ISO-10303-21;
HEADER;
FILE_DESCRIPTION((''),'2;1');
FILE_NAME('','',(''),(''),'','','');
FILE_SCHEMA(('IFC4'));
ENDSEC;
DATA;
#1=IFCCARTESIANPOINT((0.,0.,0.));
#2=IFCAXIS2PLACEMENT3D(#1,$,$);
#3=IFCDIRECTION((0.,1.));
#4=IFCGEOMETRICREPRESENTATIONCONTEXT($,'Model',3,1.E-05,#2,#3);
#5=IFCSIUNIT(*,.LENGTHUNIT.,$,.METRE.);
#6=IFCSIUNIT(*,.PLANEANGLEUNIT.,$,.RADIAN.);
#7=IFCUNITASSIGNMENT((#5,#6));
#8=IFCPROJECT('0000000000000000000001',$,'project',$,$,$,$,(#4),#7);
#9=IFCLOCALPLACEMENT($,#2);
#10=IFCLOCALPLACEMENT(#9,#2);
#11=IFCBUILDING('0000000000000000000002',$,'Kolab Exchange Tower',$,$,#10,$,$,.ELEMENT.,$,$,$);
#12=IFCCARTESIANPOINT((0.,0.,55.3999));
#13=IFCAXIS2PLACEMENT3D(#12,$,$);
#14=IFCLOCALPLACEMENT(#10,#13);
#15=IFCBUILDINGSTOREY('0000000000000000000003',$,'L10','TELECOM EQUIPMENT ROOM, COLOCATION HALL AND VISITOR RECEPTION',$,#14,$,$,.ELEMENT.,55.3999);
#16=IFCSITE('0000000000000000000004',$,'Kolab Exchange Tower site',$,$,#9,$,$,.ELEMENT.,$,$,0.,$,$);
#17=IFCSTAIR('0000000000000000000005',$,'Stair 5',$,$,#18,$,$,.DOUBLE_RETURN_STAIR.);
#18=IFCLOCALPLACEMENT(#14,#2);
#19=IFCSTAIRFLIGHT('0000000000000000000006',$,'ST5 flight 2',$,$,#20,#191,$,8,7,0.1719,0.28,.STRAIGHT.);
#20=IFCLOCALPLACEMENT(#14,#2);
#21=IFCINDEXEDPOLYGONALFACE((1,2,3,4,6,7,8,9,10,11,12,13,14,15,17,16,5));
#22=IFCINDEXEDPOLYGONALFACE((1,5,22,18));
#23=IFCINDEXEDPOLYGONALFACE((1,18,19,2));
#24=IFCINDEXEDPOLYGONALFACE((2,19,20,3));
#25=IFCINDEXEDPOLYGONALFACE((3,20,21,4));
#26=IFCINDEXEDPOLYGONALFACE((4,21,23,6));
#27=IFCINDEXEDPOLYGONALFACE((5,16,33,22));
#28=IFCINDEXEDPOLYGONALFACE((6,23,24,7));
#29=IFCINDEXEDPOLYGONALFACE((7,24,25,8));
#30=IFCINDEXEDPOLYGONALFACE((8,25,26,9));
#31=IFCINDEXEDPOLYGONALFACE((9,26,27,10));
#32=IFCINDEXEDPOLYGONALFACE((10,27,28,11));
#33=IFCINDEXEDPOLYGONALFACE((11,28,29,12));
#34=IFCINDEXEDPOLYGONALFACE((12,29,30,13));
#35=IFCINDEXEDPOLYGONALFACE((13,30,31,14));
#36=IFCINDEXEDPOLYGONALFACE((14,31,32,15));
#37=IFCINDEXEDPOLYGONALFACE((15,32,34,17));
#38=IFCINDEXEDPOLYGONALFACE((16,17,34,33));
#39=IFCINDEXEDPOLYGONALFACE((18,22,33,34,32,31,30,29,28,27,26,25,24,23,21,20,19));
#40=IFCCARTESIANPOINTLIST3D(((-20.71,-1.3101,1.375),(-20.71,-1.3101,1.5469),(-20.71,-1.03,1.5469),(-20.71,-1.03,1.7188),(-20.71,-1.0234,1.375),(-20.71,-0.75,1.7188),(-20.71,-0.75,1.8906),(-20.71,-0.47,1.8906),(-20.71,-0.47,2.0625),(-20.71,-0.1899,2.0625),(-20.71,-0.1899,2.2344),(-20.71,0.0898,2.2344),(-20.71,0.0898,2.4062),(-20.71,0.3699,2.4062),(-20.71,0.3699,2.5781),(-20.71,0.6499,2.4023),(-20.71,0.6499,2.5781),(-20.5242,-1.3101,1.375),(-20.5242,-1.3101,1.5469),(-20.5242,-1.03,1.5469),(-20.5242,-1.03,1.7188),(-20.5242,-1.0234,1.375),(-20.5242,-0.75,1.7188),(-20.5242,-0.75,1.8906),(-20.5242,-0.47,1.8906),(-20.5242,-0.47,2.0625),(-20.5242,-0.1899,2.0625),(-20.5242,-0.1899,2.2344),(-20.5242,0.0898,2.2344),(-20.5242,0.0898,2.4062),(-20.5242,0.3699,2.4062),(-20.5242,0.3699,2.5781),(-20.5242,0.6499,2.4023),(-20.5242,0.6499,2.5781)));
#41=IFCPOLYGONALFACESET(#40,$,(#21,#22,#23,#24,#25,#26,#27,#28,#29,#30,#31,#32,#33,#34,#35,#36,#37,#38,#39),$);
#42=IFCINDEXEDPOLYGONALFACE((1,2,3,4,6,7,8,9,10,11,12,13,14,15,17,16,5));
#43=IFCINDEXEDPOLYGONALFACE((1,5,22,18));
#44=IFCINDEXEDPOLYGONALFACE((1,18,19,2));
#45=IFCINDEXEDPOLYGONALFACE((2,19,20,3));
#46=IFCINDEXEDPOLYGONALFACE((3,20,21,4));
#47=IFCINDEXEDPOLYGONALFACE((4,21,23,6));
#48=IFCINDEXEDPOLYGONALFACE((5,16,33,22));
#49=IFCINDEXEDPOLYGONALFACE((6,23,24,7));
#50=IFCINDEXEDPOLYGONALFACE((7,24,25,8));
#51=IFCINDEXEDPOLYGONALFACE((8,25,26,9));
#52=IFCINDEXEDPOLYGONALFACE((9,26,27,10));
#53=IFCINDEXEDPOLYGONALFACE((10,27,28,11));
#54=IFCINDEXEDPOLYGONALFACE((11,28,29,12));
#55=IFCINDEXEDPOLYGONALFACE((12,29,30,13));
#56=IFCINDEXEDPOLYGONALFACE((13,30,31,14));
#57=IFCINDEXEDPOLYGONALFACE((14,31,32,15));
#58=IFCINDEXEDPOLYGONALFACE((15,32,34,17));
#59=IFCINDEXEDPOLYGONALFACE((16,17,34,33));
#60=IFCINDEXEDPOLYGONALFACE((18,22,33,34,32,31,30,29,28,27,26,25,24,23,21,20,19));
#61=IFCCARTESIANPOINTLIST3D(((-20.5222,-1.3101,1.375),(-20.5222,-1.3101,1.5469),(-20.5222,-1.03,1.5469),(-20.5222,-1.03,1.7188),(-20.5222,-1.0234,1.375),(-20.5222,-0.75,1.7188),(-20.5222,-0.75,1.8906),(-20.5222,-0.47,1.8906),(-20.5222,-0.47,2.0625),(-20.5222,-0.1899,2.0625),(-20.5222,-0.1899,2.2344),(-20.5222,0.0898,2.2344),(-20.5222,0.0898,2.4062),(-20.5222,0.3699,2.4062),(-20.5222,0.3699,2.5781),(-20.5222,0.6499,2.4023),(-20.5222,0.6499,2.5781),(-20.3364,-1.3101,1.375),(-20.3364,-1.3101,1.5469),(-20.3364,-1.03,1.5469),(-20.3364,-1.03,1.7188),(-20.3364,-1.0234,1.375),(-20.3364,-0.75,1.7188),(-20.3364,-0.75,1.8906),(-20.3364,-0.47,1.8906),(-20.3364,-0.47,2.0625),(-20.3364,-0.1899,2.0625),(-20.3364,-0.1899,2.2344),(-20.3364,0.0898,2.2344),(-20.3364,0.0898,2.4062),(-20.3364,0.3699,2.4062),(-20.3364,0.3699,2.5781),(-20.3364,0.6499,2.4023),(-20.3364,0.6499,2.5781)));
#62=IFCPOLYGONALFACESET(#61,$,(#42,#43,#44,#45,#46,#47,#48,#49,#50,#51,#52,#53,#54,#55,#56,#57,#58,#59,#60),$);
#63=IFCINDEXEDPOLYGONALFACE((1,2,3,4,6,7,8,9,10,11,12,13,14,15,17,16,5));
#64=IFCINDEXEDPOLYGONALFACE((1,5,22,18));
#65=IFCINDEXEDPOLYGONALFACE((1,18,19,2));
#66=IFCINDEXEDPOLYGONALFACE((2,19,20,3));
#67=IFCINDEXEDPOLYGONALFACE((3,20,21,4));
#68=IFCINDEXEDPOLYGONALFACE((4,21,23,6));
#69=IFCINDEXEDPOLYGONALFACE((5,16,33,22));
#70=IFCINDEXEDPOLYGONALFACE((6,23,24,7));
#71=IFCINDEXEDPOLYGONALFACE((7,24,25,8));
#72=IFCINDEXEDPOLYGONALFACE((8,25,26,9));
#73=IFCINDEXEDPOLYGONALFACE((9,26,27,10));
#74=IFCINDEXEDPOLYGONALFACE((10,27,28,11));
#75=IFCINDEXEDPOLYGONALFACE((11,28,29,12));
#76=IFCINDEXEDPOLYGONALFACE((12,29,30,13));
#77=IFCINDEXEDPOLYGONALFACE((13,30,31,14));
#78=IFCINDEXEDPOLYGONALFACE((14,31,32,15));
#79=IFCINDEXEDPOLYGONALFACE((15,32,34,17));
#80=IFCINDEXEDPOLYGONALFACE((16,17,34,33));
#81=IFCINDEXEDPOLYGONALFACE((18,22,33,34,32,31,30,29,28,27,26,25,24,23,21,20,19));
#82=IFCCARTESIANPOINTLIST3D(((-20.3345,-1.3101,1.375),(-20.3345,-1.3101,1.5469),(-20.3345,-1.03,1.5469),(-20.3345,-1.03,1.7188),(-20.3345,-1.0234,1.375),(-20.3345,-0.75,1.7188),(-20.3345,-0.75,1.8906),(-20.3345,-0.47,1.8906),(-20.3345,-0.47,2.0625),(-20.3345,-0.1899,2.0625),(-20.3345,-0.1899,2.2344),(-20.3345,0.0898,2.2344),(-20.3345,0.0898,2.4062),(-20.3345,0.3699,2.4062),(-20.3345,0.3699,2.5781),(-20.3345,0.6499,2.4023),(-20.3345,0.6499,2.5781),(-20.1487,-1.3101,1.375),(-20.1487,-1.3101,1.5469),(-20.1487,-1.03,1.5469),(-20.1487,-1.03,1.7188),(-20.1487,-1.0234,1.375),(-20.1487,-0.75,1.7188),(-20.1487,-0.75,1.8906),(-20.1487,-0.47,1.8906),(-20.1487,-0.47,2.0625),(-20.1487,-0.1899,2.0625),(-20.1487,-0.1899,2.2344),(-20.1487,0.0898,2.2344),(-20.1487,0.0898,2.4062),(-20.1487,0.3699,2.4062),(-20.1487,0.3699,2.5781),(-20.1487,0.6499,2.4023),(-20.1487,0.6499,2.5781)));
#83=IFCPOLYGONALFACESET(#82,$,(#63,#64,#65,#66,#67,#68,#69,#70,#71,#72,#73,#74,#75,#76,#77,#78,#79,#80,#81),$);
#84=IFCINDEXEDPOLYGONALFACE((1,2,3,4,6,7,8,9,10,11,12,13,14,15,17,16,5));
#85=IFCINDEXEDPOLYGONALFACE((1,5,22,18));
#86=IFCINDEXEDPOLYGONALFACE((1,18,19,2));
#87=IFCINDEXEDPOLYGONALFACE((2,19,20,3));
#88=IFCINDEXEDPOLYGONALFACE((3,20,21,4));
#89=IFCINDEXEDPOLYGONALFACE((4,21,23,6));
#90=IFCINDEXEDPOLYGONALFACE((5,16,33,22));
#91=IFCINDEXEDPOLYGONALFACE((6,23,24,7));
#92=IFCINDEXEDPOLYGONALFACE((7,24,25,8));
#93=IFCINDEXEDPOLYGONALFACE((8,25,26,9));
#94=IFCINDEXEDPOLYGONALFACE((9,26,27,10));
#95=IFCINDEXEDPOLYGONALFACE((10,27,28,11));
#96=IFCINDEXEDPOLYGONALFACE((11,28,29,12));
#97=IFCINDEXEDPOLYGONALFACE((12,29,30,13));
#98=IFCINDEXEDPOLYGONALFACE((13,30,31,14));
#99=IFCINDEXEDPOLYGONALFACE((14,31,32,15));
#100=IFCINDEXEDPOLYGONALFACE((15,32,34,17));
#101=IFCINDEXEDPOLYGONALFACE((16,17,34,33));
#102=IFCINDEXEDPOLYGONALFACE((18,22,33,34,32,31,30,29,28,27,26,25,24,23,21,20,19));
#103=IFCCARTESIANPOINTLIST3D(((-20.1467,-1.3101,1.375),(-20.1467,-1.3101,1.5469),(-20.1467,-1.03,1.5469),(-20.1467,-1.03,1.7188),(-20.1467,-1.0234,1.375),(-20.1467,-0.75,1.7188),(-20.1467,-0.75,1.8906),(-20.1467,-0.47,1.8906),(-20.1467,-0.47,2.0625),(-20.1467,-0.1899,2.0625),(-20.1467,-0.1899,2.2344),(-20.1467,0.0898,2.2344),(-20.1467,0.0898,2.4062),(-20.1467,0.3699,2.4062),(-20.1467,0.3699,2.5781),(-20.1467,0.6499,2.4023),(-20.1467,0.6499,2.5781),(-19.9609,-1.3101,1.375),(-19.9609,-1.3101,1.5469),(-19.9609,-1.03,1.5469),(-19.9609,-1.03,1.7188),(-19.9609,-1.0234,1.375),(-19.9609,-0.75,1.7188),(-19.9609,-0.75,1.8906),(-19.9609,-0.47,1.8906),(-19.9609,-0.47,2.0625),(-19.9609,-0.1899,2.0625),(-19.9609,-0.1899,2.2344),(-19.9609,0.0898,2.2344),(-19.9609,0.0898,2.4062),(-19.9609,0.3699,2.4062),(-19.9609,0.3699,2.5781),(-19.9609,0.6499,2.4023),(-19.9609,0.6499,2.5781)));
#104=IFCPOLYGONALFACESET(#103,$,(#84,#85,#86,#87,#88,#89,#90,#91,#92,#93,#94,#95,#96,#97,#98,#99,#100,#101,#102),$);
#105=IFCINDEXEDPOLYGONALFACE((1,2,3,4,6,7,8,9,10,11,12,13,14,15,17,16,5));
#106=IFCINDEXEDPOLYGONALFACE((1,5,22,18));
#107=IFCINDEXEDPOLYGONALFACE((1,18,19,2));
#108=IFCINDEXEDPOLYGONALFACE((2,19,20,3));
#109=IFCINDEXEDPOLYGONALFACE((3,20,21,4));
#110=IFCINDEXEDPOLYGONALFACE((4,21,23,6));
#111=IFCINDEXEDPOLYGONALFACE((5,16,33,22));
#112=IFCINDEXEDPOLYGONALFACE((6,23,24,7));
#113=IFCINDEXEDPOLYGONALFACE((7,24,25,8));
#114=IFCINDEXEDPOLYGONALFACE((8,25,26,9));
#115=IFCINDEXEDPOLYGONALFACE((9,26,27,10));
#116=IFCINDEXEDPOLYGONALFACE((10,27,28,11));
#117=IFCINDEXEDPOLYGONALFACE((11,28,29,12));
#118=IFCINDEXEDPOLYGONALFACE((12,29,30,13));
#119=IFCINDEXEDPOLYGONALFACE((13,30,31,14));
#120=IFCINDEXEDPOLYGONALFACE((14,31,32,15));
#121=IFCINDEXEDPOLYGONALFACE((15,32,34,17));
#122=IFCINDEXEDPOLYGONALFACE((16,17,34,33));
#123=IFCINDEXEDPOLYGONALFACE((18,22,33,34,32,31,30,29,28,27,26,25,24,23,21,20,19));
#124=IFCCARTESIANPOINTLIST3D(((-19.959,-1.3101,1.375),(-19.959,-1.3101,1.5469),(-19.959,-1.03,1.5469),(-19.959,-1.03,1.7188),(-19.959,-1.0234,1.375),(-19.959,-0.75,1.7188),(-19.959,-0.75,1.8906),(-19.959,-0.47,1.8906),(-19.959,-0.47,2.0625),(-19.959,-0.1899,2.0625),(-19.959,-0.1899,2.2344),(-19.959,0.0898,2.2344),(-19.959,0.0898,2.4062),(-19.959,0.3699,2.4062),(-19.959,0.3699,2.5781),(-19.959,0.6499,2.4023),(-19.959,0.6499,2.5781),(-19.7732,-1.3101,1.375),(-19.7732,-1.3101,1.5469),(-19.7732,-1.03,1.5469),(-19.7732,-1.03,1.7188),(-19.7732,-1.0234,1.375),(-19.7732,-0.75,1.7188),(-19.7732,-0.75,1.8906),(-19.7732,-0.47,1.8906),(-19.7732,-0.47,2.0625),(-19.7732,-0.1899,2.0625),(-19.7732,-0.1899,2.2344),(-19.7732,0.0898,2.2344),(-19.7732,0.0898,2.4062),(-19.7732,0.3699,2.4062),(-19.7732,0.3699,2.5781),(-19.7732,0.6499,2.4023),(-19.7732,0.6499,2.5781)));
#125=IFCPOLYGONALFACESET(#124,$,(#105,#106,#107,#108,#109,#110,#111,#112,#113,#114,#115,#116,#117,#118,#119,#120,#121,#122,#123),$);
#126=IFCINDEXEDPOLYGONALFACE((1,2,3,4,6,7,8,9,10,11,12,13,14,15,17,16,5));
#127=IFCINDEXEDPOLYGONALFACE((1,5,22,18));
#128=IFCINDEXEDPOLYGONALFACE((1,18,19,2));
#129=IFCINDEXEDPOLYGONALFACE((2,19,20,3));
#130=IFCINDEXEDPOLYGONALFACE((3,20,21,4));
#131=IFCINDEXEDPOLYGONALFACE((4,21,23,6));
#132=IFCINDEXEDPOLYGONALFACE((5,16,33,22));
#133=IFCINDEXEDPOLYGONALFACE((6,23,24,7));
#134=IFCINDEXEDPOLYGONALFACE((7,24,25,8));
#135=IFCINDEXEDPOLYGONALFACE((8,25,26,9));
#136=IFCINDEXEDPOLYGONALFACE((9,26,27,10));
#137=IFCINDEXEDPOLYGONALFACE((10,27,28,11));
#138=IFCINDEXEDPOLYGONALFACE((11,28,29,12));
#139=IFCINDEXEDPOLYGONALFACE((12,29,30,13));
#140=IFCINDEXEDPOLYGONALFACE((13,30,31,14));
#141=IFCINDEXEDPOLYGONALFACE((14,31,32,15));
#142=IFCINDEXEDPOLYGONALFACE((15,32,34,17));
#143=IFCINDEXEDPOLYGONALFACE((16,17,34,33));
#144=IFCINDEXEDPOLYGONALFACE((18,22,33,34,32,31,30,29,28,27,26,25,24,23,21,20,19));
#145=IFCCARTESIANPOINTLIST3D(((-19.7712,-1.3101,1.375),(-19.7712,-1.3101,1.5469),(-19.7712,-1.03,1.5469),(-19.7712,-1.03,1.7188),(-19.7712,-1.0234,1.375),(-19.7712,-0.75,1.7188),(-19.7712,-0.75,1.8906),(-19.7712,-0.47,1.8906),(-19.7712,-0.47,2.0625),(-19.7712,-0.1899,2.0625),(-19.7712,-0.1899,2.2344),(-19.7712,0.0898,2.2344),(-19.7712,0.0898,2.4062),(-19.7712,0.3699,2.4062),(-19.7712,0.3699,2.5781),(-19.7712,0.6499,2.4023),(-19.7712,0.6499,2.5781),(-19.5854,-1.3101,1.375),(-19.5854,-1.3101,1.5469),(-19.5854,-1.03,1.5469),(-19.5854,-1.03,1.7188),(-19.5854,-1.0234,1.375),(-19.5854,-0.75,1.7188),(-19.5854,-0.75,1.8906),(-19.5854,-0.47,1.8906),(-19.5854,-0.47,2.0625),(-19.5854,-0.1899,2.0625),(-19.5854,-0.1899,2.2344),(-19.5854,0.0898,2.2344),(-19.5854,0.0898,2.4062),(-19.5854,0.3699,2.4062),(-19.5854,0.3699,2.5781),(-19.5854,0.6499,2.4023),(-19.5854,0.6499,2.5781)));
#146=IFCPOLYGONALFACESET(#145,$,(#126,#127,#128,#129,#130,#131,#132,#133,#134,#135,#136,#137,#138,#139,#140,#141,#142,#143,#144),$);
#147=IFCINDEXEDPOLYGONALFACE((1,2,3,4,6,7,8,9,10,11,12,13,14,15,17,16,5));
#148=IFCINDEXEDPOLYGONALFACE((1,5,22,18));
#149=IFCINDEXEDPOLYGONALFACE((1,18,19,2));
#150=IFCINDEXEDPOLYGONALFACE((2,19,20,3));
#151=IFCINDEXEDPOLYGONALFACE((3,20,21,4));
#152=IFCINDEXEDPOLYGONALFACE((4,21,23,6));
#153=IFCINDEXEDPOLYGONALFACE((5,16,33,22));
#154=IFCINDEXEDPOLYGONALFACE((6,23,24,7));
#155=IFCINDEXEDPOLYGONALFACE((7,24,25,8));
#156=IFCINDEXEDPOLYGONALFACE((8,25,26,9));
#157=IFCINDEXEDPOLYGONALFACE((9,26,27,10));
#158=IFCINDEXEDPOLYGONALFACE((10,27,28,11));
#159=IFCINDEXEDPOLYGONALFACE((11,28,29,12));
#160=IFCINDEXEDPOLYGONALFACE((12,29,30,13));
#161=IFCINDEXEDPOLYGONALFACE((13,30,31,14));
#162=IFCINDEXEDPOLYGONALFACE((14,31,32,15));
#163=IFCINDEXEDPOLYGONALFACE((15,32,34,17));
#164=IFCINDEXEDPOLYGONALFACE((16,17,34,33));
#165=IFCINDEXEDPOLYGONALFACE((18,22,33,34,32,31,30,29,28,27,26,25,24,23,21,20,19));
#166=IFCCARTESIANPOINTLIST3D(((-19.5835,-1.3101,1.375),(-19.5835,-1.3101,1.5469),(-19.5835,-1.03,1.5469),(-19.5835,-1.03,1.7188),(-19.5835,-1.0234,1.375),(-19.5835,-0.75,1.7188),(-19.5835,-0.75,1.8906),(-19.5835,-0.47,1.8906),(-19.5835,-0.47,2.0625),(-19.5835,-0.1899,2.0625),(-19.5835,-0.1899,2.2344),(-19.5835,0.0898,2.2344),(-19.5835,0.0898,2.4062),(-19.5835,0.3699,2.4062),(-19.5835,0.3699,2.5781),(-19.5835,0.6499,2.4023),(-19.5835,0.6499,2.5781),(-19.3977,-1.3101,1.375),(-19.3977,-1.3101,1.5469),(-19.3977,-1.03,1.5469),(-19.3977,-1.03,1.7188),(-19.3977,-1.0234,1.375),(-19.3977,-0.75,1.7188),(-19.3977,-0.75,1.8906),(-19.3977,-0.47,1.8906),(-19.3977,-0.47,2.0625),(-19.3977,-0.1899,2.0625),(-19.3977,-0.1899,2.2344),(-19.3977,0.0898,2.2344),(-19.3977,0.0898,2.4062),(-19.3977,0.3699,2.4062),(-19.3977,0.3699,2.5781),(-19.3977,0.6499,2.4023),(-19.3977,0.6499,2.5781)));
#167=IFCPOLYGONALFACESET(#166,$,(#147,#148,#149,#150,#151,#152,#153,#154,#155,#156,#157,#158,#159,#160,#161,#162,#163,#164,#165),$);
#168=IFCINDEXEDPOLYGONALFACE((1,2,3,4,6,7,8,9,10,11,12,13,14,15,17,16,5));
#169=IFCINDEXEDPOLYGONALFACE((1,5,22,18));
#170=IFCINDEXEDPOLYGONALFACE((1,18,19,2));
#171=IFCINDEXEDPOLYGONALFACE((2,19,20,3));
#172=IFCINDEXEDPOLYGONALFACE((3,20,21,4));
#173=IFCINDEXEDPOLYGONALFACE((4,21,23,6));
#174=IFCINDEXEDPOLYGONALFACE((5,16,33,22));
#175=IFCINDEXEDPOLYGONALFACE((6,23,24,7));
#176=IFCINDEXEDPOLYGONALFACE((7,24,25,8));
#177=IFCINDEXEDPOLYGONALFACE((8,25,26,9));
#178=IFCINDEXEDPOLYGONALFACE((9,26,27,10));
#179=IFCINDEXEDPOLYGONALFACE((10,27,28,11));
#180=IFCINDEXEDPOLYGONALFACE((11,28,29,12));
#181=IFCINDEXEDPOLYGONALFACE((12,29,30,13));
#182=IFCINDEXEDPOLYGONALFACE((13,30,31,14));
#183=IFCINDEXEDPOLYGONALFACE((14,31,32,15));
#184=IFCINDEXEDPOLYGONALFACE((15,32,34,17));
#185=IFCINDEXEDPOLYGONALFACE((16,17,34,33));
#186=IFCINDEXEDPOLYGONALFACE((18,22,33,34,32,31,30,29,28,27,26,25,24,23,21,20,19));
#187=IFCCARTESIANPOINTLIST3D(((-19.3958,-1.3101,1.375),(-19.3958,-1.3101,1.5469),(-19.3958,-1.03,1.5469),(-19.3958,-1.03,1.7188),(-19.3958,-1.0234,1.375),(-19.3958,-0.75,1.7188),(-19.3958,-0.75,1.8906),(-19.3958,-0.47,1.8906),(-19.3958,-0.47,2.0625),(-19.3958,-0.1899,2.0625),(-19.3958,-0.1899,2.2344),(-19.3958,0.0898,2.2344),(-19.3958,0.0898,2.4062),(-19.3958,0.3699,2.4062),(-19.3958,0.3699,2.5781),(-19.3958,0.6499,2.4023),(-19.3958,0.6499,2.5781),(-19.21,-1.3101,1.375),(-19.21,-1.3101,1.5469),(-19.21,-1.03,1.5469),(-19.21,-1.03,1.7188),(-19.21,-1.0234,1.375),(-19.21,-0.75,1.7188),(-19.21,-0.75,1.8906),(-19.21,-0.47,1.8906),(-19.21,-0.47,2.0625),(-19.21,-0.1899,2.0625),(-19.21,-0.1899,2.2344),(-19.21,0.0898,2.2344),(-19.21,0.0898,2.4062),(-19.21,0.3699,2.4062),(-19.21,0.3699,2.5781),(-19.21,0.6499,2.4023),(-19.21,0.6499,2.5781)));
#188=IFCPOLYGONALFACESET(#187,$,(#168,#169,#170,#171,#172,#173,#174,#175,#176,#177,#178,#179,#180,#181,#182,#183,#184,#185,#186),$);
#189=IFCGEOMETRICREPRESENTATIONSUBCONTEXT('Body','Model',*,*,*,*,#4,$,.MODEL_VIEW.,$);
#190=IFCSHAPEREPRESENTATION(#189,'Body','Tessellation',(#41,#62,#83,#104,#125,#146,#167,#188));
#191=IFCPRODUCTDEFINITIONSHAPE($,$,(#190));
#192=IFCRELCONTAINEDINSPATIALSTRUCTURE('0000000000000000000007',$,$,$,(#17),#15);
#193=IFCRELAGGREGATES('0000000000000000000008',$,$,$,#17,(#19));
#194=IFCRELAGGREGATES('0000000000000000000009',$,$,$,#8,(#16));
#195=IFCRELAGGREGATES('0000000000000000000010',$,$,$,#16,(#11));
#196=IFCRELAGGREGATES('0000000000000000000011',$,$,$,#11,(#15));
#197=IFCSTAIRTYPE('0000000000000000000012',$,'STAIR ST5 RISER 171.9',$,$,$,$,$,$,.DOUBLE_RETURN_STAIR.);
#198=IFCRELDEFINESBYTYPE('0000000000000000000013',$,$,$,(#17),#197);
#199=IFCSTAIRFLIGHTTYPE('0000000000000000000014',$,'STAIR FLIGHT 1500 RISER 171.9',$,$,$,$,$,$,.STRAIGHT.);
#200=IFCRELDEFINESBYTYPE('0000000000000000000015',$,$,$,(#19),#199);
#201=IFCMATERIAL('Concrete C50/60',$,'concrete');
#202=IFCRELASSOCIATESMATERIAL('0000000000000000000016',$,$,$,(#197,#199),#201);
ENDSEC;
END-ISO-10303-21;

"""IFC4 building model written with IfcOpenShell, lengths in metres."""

from ifc_helpers import new_model, si_unit, direction, frame, origin, place, context, subcontext, project, spatial, polyline, outline, extrude, material, type_object, element, aggregate, save


model = new_model("IFC4")

# Units and contexts
model_context = context("Model", 3, precision=1e-05, world=origin(), true_north=direction((0.0, 1.0)))
body_context = subcontext(model_context, "Body", "Model", "MODEL_VIEW")
ifc_project = project(units=[si_unit("LENGTHUNIT", "METRE"), si_unit("PLANEANGLEUNIT", "RADIAN")], contexts=[model_context])

# Site, building, storey
site_placement = place(None, origin())
site = spatial("IfcSite", under=ifc_project, at=site_placement, Name="Kolab Exchange Tower site", CompositionType="ELEMENT", RefElevation=0.0)
building_placement = place(site_placement, origin())
building = spatial("IfcBuilding", under=site, at=building_placement, Name="Kolab Exchange Tower", CompositionType="ELEMENT")
storey_placement = place(building_placement, frame((0.0, 0.0, 55.3999)))
storey = spatial("IfcBuildingStorey", under=building, at=storey_placement, Name="L10", Description="TELECOM EQUIPMENT ROOM, COLOCATION HALL AND VISITOR RECEPTION", CompositionType="ELEMENT", Elevation=55.3999)

# Shared definitions
ifc_material_1 = material(Name="Concrete C50/60", Category="concrete")

# Stair, stair flight
stair_type = type_object("IfcStairType", Name="STAIR ST5 RISER 171.9", PredefinedType="DOUBLE_RETURN_STAIR", material=ifc_material_1)
stair_placement = place(storey_placement, origin())
stair = element("IfcStair", 1, at=stair_placement, inside=storey, type_object=stair_type, Name="Stair 5", PredefinedType="DOUBLE_RETURN_STAIR")
stair_flight_type = type_object("IfcStairFlightType", Name="STAIR FLIGHT 1500 RISER 171.9", PredefinedType="STRAIGHT", material=ifc_material_1)
stair_flight_1_placement = place(storey_placement, frame((-19.96, -1.3101, 1.375), z_axis=(0.0, 0.0, 1.0), x_axis=(0.0, 1.0, 0.0)))
stair_flight_1 = element("IfcStairFlight", 2, at=stair_flight_1_placement, type_object=stair_flight_type, Name="ST5 flight 2", NumberOfRisers=8, NumberOfTreads=7, PredefinedType="STRAIGHT", RiserHeight=0.1719, TreadLength=0.28, context=body_context, shape_type="SweptSolid", body=[
    extrude(outline(polyline([(0.0, 0.0), (0.0, 0.1719), (0.28, 0.1719), (0.28, 0.3438), (0.5601, 0.3438), (0.5601, 0.5156), (0.8401, 0.5156), (0.8401, 0.6875), (1.1201, 0.6875), (1.1201, 0.8594), (1.3999, 0.8594), (1.3999, 1.0312), (1.6799, 1.0312), (1.6799, 1.2031), (1.96, 1.2031), (1.96, 1.375), (1.96, 1.0273), (0.2866, 0.0), (0.0, 0.0)])), frame((0.0, 0.75, 0.0), z_axis=(0.0, -1.0, 0.0), x_axis=(1.0, 0.0, 0.0)), (0.0, 0.0, 1.0), 0.1858),
    extrude(outline(polyline([(0.0, 0.0), (0.0, 0.1719), (0.28, 0.1719), (0.28, 0.3438), (0.5601, 0.3438), (0.5601, 0.5156), (0.8401, 0.5156), (0.8401, 0.6875), (1.1201, 0.6875), (1.1201, 0.8594), (1.3999, 0.8594), (1.3999, 1.0312), (1.6799, 1.0312), (1.6799, 1.2031), (1.96, 1.2031), (1.96, 1.375), (1.96, 1.0273), (0.2866, 0.0), (0.0, 0.0)])), frame((0.0, 0.5623, 0.0), z_axis=(0.0, -1.0, 0.0), x_axis=(1.0, 0.0, 0.0)), (0.0, 0.0, 1.0), 0.1858),
    extrude(outline(polyline([(0.0, 0.0), (0.0, 0.1719), (0.28, 0.1719), (0.28, 0.3438), (0.5601, 0.3438), (0.5601, 0.5156), (0.8401, 0.5156), (0.8401, 0.6875), (1.1201, 0.6875), (1.1201, 0.8594), (1.3999, 0.8594), (1.3999, 1.0312), (1.6799, 1.0312), (1.6799, 1.2031), (1.96, 1.2031), (1.96, 1.375), (1.96, 1.0273), (0.2866, 0.0), (0.0, 0.0)])), frame((0.0, 0.3745, 0.0), z_axis=(0.0, -1.0, 0.0), x_axis=(1.0, 0.0, 0.0)), (0.0, 0.0, 1.0), 0.1858),
    extrude(outline(polyline([(0.0, 0.0), (0.0, 0.1719), (0.28, 0.1719), (0.28, 0.3438), (0.5601, 0.3438), (0.5601, 0.5156), (0.8401, 0.5156), (0.8401, 0.6875), (1.1201, 0.6875), (1.1201, 0.8594), (1.3999, 0.8594), (1.3999, 1.0312), (1.6799, 1.0312), (1.6799, 1.2031), (1.96, 1.2031), (1.96, 1.375), (1.96, 1.0273), (0.2866, 0.0), (0.0, 0.0)])), frame((0.0, 0.1868, 0.0), z_axis=(0.0, -1.0, 0.0), x_axis=(1.0, 0.0, 0.0)), (0.0, 0.0, 1.0), 0.1858),
    extrude(outline(polyline([(0.0, 0.0), (0.0, 0.1719), (0.28, 0.1719), (0.28, 0.3438), (0.5601, 0.3438), (0.5601, 0.5156), (0.8401, 0.5156), (0.8401, 0.6875), (1.1201, 0.6875), (1.1201, 0.8594), (1.3999, 0.8594), (1.3999, 1.0312), (1.6799, 1.0312), (1.6799, 1.2031), (1.96, 1.2031), (1.96, 1.375), (1.96, 1.0273), (0.2866, 0.0), (0.0, 0.0)])), frame((0.0, -0.001, 0.0), z_axis=(0.0, -1.0, 0.0), x_axis=(1.0, 0.0, 0.0)), (0.0, 0.0, 1.0), 0.1858),
    extrude(outline(polyline([(0.0, 0.0), (0.0, 0.1719), (0.28, 0.1719), (0.28, 0.3438), (0.5601, 0.3438), (0.5601, 0.5156), (0.8401, 0.5156), (0.8401, 0.6875), (1.1201, 0.6875), (1.1201, 0.8594), (1.3999, 0.8594), (1.3999, 1.0312), (1.6799, 1.0312), (1.6799, 1.2031), (1.96, 1.2031), (1.96, 1.375), (1.96, 1.0273), (0.2866, 0.0), (0.0, 0.0)])), frame((0.0, -0.1887, 0.0), z_axis=(0.0, -1.0, 0.0), x_axis=(1.0, 0.0, 0.0)), (0.0, 0.0, 1.0), 0.1858),
    extrude(outline(polyline([(0.0, 0.0), (0.0, 0.1719), (0.28, 0.1719), (0.28, 0.3438), (0.5601, 0.3438), (0.5601, 0.5156), (0.8401, 0.5156), (0.8401, 0.6875), (1.1201, 0.6875), (1.1201, 0.8594), (1.3999, 0.8594), (1.3999, 1.0312), (1.6799, 1.0312), (1.6799, 1.2031), (1.96, 1.2031), (1.96, 1.375), (1.96, 1.0273), (0.2866, 0.0), (0.0, 0.0)])), frame((0.0, -0.3765, 0.0), z_axis=(0.0, -1.0, 0.0), x_axis=(1.0, 0.0, 0.0)), (0.0, 0.0, 1.0), 0.1858),
    extrude(outline(polyline([(0.0, 0.0), (0.0, 0.1719), (0.28, 0.1719), (0.28, 0.3438), (0.5601, 0.3438), (0.5601, 0.5156), (0.8401, 0.5156), (0.8401, 0.6875), (1.1201, 0.6875), (1.1201, 0.8594), (1.3999, 0.8594), (1.3999, 1.0312), (1.6799, 1.0312), (1.6799, 1.2031), (1.96, 1.2031), (1.96, 1.375), (1.96, 1.0273), (0.2866, 0.0), (0.0, 0.0)])), frame((0.0, -0.5642, 0.0), z_axis=(0.0, -1.0, 0.0), x_axis=(1.0, 0.0, 0.0)), (0.0, 0.0, 1.0), 0.1858),
])
aggregate(stair, [stair_flight_1])

save(model, "model.ifc")
